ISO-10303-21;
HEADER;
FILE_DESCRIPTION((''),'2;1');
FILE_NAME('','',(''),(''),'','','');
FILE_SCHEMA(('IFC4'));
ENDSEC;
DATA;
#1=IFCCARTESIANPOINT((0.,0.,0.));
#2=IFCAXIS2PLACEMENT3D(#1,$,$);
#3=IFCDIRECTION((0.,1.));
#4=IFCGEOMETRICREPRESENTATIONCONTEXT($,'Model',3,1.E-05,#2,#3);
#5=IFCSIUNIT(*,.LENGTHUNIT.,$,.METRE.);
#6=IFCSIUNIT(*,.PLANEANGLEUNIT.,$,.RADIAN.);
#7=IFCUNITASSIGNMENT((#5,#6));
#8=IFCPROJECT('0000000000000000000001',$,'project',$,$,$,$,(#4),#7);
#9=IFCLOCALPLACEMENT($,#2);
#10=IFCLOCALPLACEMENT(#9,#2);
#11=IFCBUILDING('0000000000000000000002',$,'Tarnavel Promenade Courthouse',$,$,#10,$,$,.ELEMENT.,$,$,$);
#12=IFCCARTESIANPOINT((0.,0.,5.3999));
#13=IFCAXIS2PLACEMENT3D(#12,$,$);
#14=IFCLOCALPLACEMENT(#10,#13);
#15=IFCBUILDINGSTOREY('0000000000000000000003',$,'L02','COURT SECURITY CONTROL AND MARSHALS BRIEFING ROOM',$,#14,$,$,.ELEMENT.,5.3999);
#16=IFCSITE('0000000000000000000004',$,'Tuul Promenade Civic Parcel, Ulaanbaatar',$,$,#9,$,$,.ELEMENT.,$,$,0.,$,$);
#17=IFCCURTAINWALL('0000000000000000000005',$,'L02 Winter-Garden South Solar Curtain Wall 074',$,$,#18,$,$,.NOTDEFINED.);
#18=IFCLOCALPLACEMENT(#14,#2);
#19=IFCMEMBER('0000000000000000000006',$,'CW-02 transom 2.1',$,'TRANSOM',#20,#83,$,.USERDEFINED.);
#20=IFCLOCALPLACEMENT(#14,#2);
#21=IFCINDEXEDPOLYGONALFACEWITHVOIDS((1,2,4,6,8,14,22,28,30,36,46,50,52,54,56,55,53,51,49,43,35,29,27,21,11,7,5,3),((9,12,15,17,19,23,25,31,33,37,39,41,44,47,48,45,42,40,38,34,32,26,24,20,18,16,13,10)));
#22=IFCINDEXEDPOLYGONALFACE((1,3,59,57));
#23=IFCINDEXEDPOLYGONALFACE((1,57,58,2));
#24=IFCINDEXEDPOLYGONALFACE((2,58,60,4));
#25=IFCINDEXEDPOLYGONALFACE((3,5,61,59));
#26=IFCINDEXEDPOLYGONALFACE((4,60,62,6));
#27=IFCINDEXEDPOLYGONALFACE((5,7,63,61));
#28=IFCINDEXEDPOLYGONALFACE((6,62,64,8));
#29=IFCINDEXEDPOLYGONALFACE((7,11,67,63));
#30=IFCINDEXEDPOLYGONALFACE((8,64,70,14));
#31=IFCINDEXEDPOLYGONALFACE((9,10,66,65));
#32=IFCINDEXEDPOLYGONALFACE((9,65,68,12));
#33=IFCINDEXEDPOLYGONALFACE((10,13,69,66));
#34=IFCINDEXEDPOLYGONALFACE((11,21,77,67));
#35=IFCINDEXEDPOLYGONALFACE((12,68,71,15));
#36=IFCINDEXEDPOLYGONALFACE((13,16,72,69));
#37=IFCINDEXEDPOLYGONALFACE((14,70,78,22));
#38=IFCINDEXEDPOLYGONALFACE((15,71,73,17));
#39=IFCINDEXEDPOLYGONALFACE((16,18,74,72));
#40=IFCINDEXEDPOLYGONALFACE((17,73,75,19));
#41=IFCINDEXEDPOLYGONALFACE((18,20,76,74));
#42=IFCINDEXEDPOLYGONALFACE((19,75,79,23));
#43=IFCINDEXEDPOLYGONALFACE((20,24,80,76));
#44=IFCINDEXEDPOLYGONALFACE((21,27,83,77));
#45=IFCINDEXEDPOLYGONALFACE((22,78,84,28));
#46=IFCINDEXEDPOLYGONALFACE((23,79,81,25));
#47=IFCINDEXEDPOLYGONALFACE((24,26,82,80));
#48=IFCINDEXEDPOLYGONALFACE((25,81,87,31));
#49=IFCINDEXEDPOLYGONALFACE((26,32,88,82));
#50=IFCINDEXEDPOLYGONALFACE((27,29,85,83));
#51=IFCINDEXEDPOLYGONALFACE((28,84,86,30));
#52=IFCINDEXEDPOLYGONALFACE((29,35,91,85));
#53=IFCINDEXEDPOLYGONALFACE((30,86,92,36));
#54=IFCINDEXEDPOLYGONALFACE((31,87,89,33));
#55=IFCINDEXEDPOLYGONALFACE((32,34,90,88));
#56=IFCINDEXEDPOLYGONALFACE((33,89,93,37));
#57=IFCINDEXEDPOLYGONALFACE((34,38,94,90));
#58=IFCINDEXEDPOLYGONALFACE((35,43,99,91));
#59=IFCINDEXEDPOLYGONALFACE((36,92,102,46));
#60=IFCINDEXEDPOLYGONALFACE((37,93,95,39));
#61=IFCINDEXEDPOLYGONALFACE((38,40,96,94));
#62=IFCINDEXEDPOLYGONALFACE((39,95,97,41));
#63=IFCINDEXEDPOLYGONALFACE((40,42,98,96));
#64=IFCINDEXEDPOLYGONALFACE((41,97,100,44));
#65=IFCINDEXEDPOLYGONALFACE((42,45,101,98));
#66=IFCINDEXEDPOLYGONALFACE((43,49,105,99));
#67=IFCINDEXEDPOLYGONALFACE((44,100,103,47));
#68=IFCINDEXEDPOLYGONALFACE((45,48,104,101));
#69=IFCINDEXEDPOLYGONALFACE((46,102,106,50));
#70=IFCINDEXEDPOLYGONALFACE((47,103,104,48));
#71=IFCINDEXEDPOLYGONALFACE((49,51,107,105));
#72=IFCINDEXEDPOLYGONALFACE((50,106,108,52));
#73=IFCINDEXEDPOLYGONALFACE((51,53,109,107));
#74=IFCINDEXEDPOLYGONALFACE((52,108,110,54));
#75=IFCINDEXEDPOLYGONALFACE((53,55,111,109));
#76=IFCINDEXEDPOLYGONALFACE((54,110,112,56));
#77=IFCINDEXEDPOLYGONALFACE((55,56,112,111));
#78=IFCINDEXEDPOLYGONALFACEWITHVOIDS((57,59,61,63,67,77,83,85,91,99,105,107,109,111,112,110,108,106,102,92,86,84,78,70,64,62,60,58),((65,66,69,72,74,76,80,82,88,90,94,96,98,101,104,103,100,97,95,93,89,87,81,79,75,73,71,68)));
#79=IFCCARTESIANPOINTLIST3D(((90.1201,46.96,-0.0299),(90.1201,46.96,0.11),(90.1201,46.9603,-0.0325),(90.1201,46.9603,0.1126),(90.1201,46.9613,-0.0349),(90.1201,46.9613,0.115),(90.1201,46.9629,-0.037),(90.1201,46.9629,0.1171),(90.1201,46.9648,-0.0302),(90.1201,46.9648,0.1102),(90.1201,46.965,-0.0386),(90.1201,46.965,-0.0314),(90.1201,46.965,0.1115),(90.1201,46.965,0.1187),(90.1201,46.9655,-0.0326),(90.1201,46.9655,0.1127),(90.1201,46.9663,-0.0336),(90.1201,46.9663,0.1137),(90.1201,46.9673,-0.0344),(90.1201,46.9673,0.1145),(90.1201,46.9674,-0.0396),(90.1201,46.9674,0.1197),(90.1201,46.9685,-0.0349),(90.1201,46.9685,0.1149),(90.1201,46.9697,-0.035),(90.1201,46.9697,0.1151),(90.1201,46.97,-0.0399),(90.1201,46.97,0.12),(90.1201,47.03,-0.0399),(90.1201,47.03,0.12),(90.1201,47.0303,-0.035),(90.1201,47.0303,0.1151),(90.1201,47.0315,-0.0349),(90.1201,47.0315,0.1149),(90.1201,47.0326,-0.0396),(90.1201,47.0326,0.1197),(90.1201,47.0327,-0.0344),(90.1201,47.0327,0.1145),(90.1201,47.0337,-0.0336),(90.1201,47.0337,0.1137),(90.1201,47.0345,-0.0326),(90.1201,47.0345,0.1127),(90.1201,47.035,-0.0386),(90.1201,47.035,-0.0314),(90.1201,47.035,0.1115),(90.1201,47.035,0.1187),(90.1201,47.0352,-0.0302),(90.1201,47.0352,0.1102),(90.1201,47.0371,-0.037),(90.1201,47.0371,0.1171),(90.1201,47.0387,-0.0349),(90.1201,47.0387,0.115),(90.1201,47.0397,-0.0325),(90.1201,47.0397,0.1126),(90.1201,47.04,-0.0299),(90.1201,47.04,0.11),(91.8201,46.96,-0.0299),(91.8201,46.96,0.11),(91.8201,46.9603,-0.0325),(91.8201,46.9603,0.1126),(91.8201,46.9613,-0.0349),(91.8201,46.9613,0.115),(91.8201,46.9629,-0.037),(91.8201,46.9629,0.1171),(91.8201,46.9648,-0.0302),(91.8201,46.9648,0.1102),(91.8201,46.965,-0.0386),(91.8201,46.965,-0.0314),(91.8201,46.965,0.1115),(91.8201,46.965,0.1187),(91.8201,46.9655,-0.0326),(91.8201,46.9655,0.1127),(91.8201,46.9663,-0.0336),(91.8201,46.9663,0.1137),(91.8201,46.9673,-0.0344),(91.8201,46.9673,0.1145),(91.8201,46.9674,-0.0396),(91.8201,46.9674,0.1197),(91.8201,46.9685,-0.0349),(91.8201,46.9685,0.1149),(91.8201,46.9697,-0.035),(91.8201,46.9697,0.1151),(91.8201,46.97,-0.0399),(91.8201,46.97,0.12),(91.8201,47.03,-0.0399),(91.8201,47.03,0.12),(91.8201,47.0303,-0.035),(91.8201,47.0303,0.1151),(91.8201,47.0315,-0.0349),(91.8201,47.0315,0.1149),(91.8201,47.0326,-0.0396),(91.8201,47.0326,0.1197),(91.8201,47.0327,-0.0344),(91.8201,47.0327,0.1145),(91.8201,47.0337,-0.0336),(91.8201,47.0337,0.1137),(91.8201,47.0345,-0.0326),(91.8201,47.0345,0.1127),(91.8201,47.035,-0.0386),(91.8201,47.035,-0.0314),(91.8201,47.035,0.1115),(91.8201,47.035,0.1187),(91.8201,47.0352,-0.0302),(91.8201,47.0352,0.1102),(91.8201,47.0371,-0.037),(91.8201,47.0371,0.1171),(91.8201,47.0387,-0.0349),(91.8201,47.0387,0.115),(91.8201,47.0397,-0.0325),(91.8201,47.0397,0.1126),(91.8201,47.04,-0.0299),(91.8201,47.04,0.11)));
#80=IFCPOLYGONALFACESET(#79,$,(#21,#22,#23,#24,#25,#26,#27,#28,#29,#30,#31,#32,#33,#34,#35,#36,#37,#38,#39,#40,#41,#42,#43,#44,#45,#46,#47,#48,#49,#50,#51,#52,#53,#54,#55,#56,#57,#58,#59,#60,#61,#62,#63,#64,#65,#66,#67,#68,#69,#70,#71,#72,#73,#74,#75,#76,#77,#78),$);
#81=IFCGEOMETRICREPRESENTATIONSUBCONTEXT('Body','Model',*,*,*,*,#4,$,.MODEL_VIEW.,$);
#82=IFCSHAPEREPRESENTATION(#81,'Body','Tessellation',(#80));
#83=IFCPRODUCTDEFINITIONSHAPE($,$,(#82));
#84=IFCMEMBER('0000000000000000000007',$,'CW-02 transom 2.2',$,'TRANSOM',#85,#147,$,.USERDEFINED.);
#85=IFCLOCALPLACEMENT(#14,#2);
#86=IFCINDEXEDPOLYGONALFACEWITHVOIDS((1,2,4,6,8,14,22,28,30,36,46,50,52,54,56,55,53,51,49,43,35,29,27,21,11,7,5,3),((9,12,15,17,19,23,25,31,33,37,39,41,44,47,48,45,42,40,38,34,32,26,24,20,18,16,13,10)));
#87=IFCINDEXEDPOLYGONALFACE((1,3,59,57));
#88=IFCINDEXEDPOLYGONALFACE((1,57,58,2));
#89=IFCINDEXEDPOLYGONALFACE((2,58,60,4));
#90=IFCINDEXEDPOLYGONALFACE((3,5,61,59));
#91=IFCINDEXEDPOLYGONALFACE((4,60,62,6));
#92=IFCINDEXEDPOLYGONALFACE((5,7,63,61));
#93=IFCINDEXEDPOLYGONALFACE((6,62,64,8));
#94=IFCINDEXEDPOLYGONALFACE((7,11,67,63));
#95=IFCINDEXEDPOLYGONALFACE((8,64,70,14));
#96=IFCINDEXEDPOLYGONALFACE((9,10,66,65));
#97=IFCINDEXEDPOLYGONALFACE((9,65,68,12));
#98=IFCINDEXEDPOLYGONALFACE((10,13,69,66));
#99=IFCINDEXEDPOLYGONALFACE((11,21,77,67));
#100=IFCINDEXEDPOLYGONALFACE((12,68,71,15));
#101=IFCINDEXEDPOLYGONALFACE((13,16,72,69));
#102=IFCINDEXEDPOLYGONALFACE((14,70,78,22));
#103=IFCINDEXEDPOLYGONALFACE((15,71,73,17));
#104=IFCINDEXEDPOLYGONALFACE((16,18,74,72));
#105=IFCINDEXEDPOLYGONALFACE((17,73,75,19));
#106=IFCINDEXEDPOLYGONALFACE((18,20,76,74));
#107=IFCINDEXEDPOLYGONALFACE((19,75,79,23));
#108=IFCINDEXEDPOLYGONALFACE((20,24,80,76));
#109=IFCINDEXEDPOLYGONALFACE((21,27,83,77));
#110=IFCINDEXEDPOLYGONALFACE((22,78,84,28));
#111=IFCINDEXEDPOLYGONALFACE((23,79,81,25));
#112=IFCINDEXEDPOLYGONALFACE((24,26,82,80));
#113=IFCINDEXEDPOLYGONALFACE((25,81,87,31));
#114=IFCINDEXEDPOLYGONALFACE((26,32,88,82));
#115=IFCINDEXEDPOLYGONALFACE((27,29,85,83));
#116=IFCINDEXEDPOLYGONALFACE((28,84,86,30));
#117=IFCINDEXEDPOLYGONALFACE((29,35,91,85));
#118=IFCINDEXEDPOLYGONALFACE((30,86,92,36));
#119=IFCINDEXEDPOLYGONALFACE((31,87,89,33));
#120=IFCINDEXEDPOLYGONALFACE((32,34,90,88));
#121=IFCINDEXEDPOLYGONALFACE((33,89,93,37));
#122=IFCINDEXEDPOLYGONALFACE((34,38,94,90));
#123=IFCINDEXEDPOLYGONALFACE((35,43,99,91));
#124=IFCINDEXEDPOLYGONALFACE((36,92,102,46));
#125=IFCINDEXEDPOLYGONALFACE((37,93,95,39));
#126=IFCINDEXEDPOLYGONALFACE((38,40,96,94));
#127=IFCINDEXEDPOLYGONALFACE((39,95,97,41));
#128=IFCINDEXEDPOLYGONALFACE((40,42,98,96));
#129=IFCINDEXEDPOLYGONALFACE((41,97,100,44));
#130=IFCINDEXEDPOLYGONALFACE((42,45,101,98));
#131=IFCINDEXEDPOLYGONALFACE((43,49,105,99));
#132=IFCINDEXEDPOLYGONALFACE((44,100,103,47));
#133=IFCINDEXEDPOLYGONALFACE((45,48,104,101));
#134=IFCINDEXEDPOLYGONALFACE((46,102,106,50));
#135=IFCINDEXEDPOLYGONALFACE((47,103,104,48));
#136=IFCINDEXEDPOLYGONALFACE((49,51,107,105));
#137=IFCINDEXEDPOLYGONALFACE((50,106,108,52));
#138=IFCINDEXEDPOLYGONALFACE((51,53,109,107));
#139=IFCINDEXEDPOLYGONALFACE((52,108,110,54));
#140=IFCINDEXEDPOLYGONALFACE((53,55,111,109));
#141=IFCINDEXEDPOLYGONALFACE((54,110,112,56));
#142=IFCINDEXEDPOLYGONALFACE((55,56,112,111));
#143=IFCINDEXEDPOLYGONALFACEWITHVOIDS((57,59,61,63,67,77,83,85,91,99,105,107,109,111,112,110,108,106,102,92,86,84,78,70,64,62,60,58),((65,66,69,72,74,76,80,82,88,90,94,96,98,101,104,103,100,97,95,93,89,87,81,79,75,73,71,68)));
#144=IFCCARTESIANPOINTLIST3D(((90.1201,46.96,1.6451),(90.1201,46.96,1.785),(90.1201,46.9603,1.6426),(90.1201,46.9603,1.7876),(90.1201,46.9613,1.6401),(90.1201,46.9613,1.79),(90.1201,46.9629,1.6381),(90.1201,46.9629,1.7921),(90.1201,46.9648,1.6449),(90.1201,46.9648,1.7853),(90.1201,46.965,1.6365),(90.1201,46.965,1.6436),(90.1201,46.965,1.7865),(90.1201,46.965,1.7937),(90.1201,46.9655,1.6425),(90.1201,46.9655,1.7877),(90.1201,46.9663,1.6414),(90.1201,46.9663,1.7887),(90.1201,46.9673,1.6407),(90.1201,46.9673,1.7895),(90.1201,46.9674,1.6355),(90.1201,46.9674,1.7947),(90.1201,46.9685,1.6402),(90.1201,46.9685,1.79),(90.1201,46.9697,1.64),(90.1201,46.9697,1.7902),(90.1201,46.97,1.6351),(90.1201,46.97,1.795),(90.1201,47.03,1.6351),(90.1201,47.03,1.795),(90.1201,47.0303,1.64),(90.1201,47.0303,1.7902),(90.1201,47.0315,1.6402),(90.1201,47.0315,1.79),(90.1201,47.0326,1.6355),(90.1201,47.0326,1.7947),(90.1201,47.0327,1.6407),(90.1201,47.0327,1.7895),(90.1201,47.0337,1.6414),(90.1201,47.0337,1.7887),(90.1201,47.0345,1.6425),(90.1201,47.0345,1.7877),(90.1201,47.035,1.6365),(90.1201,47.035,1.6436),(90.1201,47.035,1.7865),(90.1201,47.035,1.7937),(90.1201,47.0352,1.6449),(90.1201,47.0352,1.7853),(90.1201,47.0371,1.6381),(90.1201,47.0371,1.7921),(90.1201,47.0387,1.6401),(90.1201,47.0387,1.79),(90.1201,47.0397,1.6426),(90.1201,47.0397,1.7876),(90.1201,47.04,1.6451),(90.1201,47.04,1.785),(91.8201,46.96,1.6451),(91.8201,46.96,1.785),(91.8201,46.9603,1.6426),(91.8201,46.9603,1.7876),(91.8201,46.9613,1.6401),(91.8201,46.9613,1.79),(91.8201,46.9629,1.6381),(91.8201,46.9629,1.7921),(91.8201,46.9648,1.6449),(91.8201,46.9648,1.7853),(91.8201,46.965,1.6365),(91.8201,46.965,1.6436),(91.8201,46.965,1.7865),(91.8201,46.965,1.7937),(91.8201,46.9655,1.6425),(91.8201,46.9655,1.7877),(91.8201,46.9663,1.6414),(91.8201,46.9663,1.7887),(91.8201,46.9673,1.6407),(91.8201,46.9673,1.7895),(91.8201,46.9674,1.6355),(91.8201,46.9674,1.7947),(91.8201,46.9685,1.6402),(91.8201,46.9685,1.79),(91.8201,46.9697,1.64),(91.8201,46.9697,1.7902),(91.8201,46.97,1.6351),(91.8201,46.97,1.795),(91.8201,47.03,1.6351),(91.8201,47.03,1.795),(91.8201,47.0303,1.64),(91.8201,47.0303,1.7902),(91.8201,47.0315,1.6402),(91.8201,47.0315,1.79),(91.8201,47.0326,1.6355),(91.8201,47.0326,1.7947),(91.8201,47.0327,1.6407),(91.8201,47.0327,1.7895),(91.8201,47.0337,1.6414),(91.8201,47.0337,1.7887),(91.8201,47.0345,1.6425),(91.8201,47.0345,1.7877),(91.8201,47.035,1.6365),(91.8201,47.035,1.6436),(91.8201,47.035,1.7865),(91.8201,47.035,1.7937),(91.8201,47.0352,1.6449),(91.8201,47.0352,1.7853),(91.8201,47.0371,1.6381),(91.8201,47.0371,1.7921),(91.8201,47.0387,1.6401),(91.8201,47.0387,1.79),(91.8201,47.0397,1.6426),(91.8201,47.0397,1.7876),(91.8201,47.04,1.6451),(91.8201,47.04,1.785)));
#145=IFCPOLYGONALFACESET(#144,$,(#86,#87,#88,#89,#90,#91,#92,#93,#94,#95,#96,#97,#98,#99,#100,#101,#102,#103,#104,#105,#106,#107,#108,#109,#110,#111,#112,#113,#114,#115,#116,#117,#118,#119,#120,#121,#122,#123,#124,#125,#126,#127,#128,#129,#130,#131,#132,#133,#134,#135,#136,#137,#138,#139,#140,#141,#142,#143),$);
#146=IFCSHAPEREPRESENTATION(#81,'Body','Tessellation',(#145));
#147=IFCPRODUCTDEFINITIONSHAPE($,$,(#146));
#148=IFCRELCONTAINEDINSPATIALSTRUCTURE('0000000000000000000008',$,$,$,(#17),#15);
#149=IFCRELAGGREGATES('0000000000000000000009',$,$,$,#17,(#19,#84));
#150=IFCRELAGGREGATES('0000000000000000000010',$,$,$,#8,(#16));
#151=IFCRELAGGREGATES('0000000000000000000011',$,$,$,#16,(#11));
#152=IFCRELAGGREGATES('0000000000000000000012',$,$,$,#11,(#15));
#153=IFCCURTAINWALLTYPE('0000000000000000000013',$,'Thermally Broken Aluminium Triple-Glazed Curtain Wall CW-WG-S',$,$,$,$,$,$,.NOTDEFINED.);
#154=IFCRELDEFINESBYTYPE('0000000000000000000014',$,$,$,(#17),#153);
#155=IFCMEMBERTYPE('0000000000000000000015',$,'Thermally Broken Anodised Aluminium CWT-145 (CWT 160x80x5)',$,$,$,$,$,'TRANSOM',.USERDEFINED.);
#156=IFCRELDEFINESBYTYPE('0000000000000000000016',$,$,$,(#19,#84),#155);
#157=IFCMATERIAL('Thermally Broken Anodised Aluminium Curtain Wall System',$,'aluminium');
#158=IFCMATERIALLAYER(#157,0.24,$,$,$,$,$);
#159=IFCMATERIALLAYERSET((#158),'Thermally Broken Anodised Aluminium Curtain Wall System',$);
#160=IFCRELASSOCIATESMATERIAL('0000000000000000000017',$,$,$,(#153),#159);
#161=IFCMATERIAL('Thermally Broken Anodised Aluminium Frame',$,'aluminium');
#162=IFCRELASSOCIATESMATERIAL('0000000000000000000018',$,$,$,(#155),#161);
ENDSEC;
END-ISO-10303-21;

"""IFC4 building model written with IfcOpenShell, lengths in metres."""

from ifc_helpers import new_model, si_unit, direction, frame, origin, origin_2d, place, context, subcontext, project, spatial, hollow_rectangle, extrude, material, layer, layer_set, material_profile, profile_set, type_object, element, aggregate, save


model = new_model("IFC4")

# Units and contexts
model_context = context("Model", 3, precision=1e-05, world=origin(), true_north=direction((0.0, 1.0)))
body_context = subcontext(model_context, "Body", "Model", "MODEL_VIEW")
ifc_project = project(units=[si_unit("LENGTHUNIT", "METRE"), si_unit("PLANEANGLEUNIT", "RADIAN")], contexts=[model_context])

# Site, building, storey
site_placement = place(None, origin())
site = spatial("IfcSite", under=ifc_project, at=site_placement, Name="Tuul Promenade Civic Parcel, Ulaanbaatar", CompositionType="ELEMENT", RefElevation=0.0)
building_placement = place(site_placement, origin())
building = spatial("IfcBuilding", under=site, at=building_placement, Name="Tarnavel Promenade Courthouse", CompositionType="ELEMENT")
storey_placement = place(building_placement, frame((0.0, 0.0, 5.3999)))
storey = spatial("IfcBuildingStorey", under=building, at=storey_placement, Name="L02", Description="COURT SECURITY CONTROL AND MARSHALS BRIEFING ROOM", CompositionType="ELEMENT", Elevation=5.3999)

# Shared definitions
ifc_material_1 = material(Name="Thermally Broken Anodised Aluminium Curtain Wall System", Category="aluminium")
ifc_layer_1 = layer(ifc_material_1, 0.24)
ifc_layer_set_1 = layer_set([ifc_layer_1], Name="Thermally Broken Anodised Aluminium Curtain Wall System")
curtain_wall_type = type_object("IfcCurtainWallType", Name="Thermally Broken Aluminium Triple-Glazed Curtain Wall CW-WG-S", PredefinedType="NOTDEFINED", material=ifc_layer_set_1)
ifc_material_2 = material(Name="Thermally Broken Anodised Aluminium Frame", Category="aluminium")

# Curtain wall
curtain_wall_1_placement = place(storey_placement, origin())
curtain_wall_1 = element("IfcCurtainWall", 1, at=curtain_wall_1_placement, inside=storey, type_object=curtain_wall_type, Name="L02 Winter-Garden South Solar Curtain Wall 074", PredefinedType="NOTDEFINED")

# Members
ifc_material_profile_1 = material_profile(ifc_material_2, hollow_rectangle(XDim=0.0801, YDim=0.1599, WallThickness=0.0049, InnerFilletRadius=0.0049, OuterFilletRadius=0.01, at=origin_2d()), Name="CWT 160x80x5")
ifc_profile_set_1 = profile_set([ifc_material_profile_1], Name="Thermally Broken Anodised Aluminium Frame")
member_type_1 = type_object("IfcMemberType", Name="Thermally Broken Anodised Aluminium CWT-145 (CWT 160x80x5)", ElementType="TRANSOM", PredefinedType="USERDEFINED", material=ifc_profile_set_1)
member_1_placement = place(storey_placement, frame((90.1201, 47.0, 0.04), z_axis=(1.0, 0.0, 0.0), x_axis=(0.0, 1.0, 0.0)))
member_1 = element("IfcMember", 2, at=member_1_placement, type_object=member_type_1, Name="CW-02 transom 2.1", ObjectType="TRANSOM", PredefinedType="USERDEFINED", context=body_context, shape_type="SweptSolid", body=[
    extrude(hollow_rectangle(XDim=0.0801, YDim=0.1599, WallThickness=0.0049, InnerFilletRadius=0.0049, OuterFilletRadius=0.01, at=origin_2d()), origin(), (0.0, 0.0, 1.0), 1.7),
])
member_2_placement = place(storey_placement, frame((90.1201, 47.0, 1.7151), z_axis=(1.0, 0.0, 0.0), x_axis=(0.0, 1.0, 0.0)))
member_2 = element("IfcMember", 3, at=member_2_placement, type_object=member_type_1, Name="CW-02 transom 2.2", ObjectType="TRANSOM", PredefinedType="USERDEFINED", context=body_context, shape_type="SweptSolid", body=[
    extrude(hollow_rectangle(XDim=0.0801, YDim=0.1599, WallThickness=0.0049, InnerFilletRadius=0.0049, OuterFilletRadius=0.01, at=origin_2d()), origin(), (0.0, 0.0, 1.0), 1.7),
])

aggregate(curtain_wall_1, [member_1, member_2])

save(model, "model.ifc")
